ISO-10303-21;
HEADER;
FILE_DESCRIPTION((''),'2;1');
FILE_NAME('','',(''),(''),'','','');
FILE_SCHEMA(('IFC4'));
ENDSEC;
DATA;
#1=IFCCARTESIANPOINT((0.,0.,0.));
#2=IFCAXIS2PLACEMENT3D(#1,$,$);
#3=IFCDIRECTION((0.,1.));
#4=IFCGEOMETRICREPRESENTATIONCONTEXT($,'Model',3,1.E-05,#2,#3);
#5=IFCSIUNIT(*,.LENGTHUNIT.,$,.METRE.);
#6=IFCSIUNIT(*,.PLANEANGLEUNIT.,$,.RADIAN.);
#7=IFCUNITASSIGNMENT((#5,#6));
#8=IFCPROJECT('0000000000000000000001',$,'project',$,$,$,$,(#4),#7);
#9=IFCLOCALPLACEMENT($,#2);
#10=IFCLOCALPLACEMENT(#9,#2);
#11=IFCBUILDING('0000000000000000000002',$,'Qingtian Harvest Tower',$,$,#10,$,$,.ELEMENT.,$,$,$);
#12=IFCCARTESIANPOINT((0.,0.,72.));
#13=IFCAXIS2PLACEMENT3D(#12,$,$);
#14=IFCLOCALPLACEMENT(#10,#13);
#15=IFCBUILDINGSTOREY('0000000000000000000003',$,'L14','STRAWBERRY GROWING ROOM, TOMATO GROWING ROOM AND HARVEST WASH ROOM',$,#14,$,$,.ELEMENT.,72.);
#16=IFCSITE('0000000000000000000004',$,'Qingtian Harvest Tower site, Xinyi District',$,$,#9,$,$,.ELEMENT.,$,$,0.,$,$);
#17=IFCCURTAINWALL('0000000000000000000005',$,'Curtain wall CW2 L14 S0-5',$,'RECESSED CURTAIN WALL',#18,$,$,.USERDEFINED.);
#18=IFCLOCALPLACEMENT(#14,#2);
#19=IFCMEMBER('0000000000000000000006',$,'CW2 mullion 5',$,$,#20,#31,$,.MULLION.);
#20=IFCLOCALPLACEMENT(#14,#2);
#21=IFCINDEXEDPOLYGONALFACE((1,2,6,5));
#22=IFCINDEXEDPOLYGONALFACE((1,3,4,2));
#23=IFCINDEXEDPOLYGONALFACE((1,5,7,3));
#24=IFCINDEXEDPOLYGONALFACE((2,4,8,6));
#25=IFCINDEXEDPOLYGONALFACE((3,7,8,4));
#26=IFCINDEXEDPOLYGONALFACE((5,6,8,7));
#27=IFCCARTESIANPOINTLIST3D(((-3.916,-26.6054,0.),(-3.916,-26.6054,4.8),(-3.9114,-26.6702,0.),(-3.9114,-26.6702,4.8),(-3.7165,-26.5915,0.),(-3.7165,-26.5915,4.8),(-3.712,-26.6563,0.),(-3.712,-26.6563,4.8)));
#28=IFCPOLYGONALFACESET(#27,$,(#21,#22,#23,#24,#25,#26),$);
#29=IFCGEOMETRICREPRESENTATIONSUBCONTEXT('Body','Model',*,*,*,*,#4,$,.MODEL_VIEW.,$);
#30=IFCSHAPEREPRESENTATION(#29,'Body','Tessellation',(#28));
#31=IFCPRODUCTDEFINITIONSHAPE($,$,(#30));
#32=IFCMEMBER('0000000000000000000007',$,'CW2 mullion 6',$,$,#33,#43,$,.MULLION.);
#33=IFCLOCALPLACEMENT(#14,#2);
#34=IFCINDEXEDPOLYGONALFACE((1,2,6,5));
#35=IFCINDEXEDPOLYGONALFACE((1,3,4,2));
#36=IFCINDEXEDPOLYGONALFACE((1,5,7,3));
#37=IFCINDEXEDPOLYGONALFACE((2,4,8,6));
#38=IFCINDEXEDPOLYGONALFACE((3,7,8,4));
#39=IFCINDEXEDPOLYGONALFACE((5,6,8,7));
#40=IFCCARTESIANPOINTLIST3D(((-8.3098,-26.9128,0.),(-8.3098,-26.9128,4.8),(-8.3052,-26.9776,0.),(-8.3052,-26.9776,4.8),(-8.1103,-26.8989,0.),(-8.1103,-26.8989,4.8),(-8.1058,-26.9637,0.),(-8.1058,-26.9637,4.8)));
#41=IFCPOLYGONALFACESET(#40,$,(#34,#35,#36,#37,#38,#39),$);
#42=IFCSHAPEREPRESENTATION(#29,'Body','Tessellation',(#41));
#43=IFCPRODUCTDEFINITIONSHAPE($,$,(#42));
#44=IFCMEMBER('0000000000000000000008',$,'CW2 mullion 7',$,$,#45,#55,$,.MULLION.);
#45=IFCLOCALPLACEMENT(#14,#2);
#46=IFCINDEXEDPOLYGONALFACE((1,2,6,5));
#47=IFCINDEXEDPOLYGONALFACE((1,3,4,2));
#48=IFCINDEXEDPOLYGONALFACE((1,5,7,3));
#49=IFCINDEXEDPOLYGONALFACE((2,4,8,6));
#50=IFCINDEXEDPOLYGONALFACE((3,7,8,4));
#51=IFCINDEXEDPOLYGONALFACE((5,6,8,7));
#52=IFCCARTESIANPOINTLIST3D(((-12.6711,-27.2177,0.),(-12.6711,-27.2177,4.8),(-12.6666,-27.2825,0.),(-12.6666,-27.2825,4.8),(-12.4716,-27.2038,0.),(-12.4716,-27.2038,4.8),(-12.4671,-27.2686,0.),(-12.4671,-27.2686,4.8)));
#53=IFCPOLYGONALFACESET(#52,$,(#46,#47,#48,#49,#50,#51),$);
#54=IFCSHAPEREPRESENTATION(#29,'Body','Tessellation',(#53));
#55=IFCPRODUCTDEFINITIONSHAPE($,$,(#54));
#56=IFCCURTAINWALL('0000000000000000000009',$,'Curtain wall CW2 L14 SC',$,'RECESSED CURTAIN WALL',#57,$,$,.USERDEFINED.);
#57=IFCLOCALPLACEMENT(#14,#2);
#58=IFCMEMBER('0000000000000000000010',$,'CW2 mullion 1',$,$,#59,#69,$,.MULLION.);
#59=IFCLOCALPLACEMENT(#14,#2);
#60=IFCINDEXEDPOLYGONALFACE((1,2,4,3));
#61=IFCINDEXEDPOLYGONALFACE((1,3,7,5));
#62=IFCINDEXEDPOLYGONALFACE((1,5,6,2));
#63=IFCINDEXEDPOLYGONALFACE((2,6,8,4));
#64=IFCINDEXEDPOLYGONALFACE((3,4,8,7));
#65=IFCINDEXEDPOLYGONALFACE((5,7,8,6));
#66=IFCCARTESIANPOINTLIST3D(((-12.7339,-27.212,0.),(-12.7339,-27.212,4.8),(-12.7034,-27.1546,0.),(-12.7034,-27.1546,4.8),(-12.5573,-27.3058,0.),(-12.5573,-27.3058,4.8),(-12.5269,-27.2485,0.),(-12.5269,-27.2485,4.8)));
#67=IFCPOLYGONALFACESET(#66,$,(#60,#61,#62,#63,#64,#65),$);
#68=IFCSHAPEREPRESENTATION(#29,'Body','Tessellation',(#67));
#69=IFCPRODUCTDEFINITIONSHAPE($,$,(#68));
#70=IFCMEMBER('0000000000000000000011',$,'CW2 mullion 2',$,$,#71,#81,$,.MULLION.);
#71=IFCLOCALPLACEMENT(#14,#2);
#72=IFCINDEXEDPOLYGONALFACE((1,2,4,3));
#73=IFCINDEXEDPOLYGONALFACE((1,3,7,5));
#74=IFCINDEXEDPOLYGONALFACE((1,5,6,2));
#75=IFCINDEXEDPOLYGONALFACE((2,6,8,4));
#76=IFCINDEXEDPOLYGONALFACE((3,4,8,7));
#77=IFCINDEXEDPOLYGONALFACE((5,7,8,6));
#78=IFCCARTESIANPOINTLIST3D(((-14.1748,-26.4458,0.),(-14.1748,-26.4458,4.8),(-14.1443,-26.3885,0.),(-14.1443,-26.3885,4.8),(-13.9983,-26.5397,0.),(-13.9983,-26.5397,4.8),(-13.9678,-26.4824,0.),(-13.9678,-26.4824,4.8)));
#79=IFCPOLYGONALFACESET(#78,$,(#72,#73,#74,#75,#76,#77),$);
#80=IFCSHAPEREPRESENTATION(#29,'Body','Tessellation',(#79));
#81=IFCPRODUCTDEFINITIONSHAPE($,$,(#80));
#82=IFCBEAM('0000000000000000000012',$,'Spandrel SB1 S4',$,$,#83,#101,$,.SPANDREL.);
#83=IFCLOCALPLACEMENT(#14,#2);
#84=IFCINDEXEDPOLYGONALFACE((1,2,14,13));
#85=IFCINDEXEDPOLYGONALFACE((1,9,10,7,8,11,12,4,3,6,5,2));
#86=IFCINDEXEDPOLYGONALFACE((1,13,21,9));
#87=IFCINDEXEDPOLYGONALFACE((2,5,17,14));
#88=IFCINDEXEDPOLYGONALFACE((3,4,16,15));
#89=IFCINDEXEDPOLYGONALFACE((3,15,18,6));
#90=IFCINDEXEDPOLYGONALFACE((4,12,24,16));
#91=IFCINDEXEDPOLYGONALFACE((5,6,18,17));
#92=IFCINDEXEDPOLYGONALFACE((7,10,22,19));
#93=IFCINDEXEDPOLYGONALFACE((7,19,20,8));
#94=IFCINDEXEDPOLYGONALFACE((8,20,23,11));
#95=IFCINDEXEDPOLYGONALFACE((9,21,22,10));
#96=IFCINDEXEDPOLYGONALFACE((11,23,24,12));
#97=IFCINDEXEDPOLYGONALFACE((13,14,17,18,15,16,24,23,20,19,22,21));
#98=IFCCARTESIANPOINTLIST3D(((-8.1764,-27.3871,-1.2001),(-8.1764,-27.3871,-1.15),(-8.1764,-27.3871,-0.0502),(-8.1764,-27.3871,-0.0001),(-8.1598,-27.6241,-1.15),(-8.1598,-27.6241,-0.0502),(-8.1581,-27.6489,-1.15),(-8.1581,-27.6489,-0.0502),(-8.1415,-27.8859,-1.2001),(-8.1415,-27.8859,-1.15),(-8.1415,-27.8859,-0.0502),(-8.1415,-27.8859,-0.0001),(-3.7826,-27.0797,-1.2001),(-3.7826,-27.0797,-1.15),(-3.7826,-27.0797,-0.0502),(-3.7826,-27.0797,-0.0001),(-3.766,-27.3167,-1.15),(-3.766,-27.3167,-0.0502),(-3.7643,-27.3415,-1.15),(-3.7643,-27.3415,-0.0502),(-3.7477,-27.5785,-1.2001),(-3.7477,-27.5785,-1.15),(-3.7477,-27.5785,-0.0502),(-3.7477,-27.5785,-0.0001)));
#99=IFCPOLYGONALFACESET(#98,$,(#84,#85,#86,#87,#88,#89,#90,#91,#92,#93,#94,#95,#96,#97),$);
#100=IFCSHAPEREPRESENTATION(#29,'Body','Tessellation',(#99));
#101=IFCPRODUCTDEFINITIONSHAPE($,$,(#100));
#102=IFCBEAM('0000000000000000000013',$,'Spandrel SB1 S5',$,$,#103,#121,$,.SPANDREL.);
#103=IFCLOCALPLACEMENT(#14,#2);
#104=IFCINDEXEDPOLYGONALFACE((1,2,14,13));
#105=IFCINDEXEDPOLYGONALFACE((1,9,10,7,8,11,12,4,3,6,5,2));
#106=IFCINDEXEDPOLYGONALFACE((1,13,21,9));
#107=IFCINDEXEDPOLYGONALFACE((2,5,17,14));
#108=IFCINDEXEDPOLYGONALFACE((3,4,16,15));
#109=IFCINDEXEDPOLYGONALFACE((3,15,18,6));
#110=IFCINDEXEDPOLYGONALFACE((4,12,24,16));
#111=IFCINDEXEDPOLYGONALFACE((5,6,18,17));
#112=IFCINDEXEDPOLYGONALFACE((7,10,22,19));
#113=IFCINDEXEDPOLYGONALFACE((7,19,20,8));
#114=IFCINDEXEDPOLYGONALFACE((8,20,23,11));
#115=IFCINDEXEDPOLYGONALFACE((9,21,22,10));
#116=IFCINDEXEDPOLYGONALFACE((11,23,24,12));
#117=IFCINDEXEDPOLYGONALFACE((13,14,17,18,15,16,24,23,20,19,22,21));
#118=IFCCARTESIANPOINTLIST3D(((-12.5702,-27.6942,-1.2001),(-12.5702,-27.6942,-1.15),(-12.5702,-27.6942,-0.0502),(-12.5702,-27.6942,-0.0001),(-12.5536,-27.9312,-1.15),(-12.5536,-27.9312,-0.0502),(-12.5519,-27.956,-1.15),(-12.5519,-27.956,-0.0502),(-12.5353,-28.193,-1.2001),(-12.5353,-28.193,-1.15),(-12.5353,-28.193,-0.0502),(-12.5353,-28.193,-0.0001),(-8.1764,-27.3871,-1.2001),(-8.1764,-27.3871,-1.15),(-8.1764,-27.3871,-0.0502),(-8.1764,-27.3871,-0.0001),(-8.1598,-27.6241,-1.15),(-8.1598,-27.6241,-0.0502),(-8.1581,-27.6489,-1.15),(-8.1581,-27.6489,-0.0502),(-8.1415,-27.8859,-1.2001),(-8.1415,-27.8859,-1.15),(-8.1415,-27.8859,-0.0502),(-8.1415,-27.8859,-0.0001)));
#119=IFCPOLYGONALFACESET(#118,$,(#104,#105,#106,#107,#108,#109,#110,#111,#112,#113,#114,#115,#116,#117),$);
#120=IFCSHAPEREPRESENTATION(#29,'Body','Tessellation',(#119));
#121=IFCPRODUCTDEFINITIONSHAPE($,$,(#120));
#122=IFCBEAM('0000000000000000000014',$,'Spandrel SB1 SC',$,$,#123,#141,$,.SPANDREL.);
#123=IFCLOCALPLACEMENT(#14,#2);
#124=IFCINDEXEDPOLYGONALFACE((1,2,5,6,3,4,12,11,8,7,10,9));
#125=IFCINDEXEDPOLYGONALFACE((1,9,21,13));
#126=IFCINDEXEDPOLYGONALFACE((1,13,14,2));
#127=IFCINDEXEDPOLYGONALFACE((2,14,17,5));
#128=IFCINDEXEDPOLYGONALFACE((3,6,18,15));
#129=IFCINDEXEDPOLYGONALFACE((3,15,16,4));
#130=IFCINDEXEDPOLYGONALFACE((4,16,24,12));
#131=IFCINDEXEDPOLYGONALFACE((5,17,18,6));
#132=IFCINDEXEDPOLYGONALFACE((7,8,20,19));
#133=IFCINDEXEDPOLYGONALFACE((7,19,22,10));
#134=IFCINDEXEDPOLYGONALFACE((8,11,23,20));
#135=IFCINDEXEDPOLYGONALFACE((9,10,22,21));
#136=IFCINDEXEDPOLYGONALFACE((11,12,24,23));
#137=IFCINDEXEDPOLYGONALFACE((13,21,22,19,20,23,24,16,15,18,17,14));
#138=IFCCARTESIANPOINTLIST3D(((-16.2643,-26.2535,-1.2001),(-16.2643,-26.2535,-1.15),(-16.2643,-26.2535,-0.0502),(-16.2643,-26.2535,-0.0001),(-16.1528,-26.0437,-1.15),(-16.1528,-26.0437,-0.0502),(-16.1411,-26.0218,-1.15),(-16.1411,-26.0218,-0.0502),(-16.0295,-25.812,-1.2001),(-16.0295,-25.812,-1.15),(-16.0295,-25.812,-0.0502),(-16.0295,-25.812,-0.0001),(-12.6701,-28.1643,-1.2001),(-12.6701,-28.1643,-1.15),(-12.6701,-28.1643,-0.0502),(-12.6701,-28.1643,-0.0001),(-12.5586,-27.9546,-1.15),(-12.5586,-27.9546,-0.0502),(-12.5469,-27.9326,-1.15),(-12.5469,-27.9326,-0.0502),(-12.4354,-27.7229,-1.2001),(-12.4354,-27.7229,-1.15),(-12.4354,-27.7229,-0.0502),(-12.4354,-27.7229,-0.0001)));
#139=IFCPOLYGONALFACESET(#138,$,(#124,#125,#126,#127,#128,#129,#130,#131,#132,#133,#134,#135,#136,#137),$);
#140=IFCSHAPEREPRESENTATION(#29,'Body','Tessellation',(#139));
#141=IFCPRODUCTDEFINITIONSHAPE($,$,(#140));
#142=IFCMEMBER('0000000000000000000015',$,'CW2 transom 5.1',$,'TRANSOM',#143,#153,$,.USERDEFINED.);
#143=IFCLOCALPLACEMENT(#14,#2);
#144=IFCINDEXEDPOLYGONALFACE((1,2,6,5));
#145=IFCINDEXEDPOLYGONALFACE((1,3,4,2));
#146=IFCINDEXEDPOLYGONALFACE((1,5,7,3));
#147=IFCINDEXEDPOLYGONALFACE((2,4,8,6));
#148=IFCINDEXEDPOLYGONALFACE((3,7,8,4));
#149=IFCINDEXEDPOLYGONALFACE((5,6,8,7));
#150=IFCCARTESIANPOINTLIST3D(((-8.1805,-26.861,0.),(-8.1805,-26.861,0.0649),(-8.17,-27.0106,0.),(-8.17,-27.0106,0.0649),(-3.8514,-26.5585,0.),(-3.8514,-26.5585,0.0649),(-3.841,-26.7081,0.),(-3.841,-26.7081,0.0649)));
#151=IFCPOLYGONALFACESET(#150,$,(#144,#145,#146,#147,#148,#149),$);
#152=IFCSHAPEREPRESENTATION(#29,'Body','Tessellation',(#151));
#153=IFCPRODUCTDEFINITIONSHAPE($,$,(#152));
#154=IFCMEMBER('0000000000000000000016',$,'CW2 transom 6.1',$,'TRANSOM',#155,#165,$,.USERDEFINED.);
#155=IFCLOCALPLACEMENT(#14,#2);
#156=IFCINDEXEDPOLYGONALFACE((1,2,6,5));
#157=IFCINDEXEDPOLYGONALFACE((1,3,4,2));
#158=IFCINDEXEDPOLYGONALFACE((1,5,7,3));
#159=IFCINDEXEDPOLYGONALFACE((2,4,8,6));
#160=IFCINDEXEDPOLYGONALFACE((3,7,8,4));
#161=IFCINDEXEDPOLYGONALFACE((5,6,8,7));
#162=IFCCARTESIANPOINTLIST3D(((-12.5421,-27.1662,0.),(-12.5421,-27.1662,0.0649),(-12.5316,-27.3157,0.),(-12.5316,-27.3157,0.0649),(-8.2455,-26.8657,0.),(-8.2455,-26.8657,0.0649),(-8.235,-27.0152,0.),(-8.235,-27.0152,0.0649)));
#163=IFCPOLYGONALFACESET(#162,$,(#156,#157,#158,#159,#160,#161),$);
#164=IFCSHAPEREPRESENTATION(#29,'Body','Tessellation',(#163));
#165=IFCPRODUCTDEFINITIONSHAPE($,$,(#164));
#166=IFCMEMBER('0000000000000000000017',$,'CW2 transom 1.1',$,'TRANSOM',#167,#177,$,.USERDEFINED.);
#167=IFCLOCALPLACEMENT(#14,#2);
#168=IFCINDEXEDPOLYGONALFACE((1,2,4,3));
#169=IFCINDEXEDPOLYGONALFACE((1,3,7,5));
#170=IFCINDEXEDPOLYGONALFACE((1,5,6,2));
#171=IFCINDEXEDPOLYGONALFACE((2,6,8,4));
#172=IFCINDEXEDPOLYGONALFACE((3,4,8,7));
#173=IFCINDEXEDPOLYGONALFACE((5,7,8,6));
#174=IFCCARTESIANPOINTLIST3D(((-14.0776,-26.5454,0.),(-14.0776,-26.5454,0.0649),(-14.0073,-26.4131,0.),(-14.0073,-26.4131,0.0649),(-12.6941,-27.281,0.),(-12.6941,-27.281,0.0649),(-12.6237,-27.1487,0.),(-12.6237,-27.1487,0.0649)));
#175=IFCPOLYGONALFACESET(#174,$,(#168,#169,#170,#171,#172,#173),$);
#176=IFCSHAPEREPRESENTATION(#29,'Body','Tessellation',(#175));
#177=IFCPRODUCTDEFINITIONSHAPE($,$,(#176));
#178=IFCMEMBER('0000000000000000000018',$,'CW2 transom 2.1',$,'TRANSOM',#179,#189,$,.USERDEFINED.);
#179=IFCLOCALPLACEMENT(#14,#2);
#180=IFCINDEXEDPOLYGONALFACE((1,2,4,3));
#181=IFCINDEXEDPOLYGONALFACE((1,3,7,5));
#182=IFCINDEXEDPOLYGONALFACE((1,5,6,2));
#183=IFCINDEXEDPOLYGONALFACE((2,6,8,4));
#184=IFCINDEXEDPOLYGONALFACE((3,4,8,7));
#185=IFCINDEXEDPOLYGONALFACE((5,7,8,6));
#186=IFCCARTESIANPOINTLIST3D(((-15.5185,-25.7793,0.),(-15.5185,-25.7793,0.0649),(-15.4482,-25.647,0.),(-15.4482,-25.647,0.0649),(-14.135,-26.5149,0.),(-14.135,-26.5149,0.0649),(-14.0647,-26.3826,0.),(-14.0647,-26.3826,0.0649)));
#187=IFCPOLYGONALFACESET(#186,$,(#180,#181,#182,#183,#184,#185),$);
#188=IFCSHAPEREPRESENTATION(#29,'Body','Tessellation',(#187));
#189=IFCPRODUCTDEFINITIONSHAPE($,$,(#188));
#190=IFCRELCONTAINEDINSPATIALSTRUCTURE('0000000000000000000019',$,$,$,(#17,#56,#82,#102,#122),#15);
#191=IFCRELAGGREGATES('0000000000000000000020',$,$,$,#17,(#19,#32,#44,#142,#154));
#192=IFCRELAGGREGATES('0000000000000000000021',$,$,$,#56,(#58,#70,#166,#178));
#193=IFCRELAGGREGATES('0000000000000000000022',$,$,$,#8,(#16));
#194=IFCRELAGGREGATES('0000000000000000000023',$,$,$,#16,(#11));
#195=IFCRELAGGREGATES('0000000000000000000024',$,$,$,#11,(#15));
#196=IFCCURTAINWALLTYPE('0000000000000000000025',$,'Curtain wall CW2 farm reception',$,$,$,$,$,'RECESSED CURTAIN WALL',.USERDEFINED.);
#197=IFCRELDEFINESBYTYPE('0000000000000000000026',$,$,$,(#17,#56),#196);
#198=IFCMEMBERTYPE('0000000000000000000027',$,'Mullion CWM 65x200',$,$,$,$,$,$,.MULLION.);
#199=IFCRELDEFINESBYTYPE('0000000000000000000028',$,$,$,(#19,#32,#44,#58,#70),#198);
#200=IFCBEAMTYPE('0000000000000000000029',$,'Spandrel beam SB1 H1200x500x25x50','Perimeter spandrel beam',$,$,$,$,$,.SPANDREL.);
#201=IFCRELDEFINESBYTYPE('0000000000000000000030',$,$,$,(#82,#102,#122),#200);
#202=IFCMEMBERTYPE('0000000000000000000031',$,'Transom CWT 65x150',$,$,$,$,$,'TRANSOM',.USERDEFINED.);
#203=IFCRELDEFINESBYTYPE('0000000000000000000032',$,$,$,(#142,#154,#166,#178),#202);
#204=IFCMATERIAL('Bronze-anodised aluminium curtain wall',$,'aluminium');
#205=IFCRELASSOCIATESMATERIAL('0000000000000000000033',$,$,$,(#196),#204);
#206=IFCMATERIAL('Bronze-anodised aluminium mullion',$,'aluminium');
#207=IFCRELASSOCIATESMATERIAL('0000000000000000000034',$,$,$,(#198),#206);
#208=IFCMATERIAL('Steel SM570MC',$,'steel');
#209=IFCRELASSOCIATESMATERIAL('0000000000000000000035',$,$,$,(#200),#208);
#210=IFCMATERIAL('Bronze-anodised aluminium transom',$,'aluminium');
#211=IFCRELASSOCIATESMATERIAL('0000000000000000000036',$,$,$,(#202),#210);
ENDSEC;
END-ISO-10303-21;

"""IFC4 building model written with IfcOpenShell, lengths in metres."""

from ifc_helpers import new_model, si_unit, direction, frame, origin, origin_2d, place, context, subcontext, project, spatial, rectangle, i_section, extrude, material, material_profile, profile_set, type_object, element, aggregate, save


model = new_model("IFC4")

# Units and contexts
model_context = context("Model", 3, precision=1e-05, world=origin(), true_north=direction((0.0, 1.0)))
body_context = subcontext(model_context, "Body", "Model", "MODEL_VIEW")
ifc_project = project(units=[si_unit("LENGTHUNIT", "METRE"), si_unit("PLANEANGLEUNIT", "RADIAN")], contexts=[model_context])

# Site, building, storey
site_placement = place(None, origin())
site = spatial("IfcSite", under=ifc_project, at=site_placement, Name="Qingtian Harvest Tower site, Xinyi District", CompositionType="ELEMENT", RefElevation=0.0)
building_placement = place(site_placement, origin())
building = spatial("IfcBuilding", under=site, at=building_placement, Name="Qingtian Harvest Tower", CompositionType="ELEMENT")
storey_placement = place(building_placement, frame((0.0, 0.0, 72.0)))
storey = spatial("IfcBuildingStorey", under=building, at=storey_placement, Name="L14", Description="STRAWBERRY GROWING ROOM, TOMATO GROWING ROOM AND HARVEST WASH ROOM", CompositionType="ELEMENT", Elevation=72.0)

# Curtain walls, members
ifc_material_1 = material(Name="Bronze-anodised aluminium curtain wall", Category="aluminium")
curtain_wall_type = type_object("IfcCurtainWallType", Name="Curtain wall CW2 farm reception", ElementType="RECESSED CURTAIN WALL", PredefinedType="USERDEFINED", material=ifc_material_1)
curtain_wall_1_placement = place(storey_placement, origin())
curtain_wall_1 = element("IfcCurtainWall", 1, at=curtain_wall_1_placement, inside=storey, type_object=curtain_wall_type, Name="Curtain wall CW2 L14 S0-5", ObjectType="RECESSED CURTAIN WALL", PredefinedType="USERDEFINED")
ifc_material_2 = material(Name="Bronze-anodised aluminium mullion", Category="aluminium")
ifc_material_profile_1 = material_profile(ifc_material_2, rectangle(XDim=0.0649, YDim=0.2, at=origin_2d()), Name="AL 65x200")
ifc_profile_set_1 = profile_set([ifc_material_profile_1], Name="Bronze-anodised aluminium mullion")
member_type_1 = type_object("IfcMemberType", Name="Mullion CWM 65x200", PredefinedType="MULLION", material=ifc_profile_set_1)
member_1_placement = place(storey_placement, frame((-3.814, -26.6309, 0.0), z_axis=(0.0, 0.0, 1.0), x_axis=(0.069756, -0.997564, 0.0)))
member_1 = element("IfcMember", 2, at=member_1_placement, type_object=member_type_1, Name="CW2 mullion 5", PredefinedType="MULLION", context=body_context, shape_type="SweptSolid", body=[
    extrude(rectangle(XDim=0.0649, YDim=0.2, at=origin_2d()), origin(), (0.0, 0.0, 1.0), 4.8),
])
member_2_placement = place(storey_placement, frame((-8.2078, -26.9382, 0.0), z_axis=(0.0, 0.0, 1.0), x_axis=(0.069756, -0.997564, 0.0)))
member_2 = element("IfcMember", 3, at=member_2_placement, type_object=member_type_1, Name="CW2 mullion 6", PredefinedType="MULLION", context=body_context, shape_type="SweptSolid", body=[
    extrude(rectangle(XDim=0.0649, YDim=0.2, at=origin_2d()), origin(), (0.0, 0.0, 1.0), 4.8),
])
member_3_placement = place(storey_placement, frame((-12.5691, -27.2432, 0.0), z_axis=(0.0, 0.0, 1.0), x_axis=(0.069756, -0.997564, 0.0)))
member_3 = element("IfcMember", 4, at=member_3_placement, type_object=member_type_1, Name="CW2 mullion 7", PredefinedType="MULLION", context=body_context, shape_type="SweptSolid", body=[
    extrude(rectangle(XDim=0.0649, YDim=0.2, at=origin_2d()), origin(), (0.0, 0.0, 1.0), 4.8),
])
curtain_wall_2_placement = place(storey_placement, origin())
curtain_wall_2 = element("IfcCurtainWall", 5, at=curtain_wall_2_placement, inside=storey, type_object=curtain_wall_type, Name="Curtain wall CW2 L14 SC", ObjectType="RECESSED CURTAIN WALL", PredefinedType="USERDEFINED")
member_4_placement = place(storey_placement, frame((-12.6304, -27.2302, 0.0), z_axis=(0.0, 0.0, 1.0), x_axis=(-0.469472, -0.882948, 0.0)))
member_4 = element("IfcMember", 6, at=member_4_placement, type_object=member_type_1, Name="CW2 mullion 1", PredefinedType="MULLION", context=body_context, shape_type="SweptSolid", body=[
    extrude(rectangle(XDim=0.0649, YDim=0.2, at=origin_2d()), origin(), (0.0, 0.0, 1.0), 4.8),
])
member_5_placement = place(storey_placement, frame((-14.0713, -26.4641, 0.0), z_axis=(0.0, 0.0, 1.0), x_axis=(-0.469472, -0.882948, 0.0)))
member_5 = element("IfcMember", 7, at=member_5_placement, type_object=member_type_1, Name="CW2 mullion 2", PredefinedType="MULLION", context=body_context, shape_type="SweptSolid", body=[
    extrude(rectangle(XDim=0.0649, YDim=0.2, at=origin_2d()), origin(), (0.0, 0.0, 1.0), 4.8),
])

# Beams
ifc_material_3 = material(Name="Steel SM570MC", Category="steel")
ifc_material_profile_2 = material_profile(ifc_material_3, i_section(OverallWidth=0.5, OverallDepth=1.2, WebThickness=0.0249, FlangeThickness=0.05, at=origin_2d()), Name="H1200x500x25x50")
ifc_profile_set_2 = profile_set([ifc_material_profile_2], Name="Steel SM570MC")
beam_type_1 = type_object("IfcBeamType", Name="Spandrel beam SB1 H1200x500x25x50", Description="Perimeter spandrel beam", PredefinedType="SPANDREL", material=ifc_profile_set_2)
for number, where, z_axis, x_axis, name in (
    (8, (-3.7651, -27.3291, -0.6001), (-0.997562, -0.069786, 0.0), (0.069786, -0.997562, 0.0), "Spandrel SB1 S4"),
    (9, (-8.1589, -27.6365, -0.6001), (-0.997566, -0.06973, 0.0), (0.06973, -0.997566, 0.0), "Spandrel SB1 S5"),
):
    element("IfcBeam", number, at=place(storey_placement, frame(where, z_axis=z_axis, x_axis=x_axis)), inside=storey, type_object=beam_type_1, Name=name, PredefinedType="SPANDREL", context=body_context, shape_type="SweptSolid", body=[
        extrude(i_section(OverallWidth=0.5, OverallDepth=1.2, WebThickness=0.0249, FlangeThickness=0.05, at=origin_2d()), origin(), (0.0, 0.0, 1.0), 4.4045),
    ])
beam_1_placement = place(storey_placement, frame((-12.5527, -27.9436, -0.6001), z_axis=(-0.882968, 0.469433, 0.0), x_axis=(-0.469433, -0.882968, 0.0)))
element("IfcBeam", 10, at=beam_1_placement, inside=storey, type_object=beam_type_1, Name="Spandrel SB1 SC", PredefinedType="SPANDREL", context=body_context, shape_type="SweptSolid", body=[
    extrude(i_section(OverallWidth=0.5, OverallDepth=1.2, WebThickness=0.0249, FlangeThickness=0.05, at=origin_2d()), origin(), (0.0, 0.0, 1.0), 4.0706),
])

# Members
ifc_material_4 = material(Name="Bronze-anodised aluminium transom", Category="aluminium")
ifc_material_profile_3 = material_profile(ifc_material_4, rectangle(XDim=0.1499, YDim=0.0649, at=origin_2d()), Name="AL 65x150")
ifc_profile_set_3 = profile_set([ifc_material_profile_3], Name="Bronze-anodised aluminium transom")
member_type_2 = type_object("IfcMemberType", Name="Transom CWT 65x150", ElementType="TRANSOM", PredefinedType="USERDEFINED", material=ifc_profile_set_3)
member_6_placement = place(storey_placement, frame((-3.8462, -26.6333, 0.0325), z_axis=(-0.997568, -0.069704, 0.0), x_axis=(0.069704, -0.997568, 0.0)))
member_6 = element("IfcMember", 11, at=member_6_placement, type_object=member_type_2, Name="CW2 transom 5.1", ObjectType="TRANSOM", PredefinedType="USERDEFINED", context=body_context, shape_type="SweptSolid", body=[
    extrude(rectangle(XDim=0.1499, YDim=0.0649, at=origin_2d()), origin(), (0.0, 0.0, 1.0), 4.3396),
])
member_7_placement = place(storey_placement, frame((-8.2402, -26.9404, 0.0325), z_axis=(-0.997563, -0.069777, 0.0), x_axis=(0.069777, -0.997563, 0.0)))
member_7 = element("IfcMember", 12, at=member_7_placement, type_object=member_type_2, Name="CW2 transom 6.1", ObjectType="TRANSOM", PredefinedType="USERDEFINED", context=body_context, shape_type="SweptSolid", body=[
    extrude(rectangle(XDim=0.1499, YDim=0.0649, at=origin_2d()), origin(), (0.0, 0.0, 1.0), 4.3071),
])
member_8_placement = place(storey_placement, frame((-12.6589, -27.2148, 0.0325), z_axis=(-0.88296, 0.469448, 0.0), x_axis=(-0.469448, -0.88296, 0.0)))
member_8 = element("IfcMember", 13, at=member_8_placement, type_object=member_type_2, Name="CW2 transom 1.1", ObjectType="TRANSOM", PredefinedType="USERDEFINED", context=body_context, shape_type="SweptSolid", body=[
    extrude(rectangle(XDim=0.1499, YDim=0.0649, at=origin_2d()), origin(), (0.0, 0.0, 1.0), 1.5669),
])
member_9_placement = place(storey_placement, frame((-14.0999, -26.4487, 0.0325), z_axis=(-0.88296, 0.469448, 0.0), x_axis=(-0.469448, -0.88296, 0.0)))
member_9 = element("IfcMember", 14, at=member_9_placement, type_object=member_type_2, Name="CW2 transom 2.1", ObjectType="TRANSOM", PredefinedType="USERDEFINED", context=body_context, shape_type="SweptSolid", body=[
    extrude(rectangle(XDim=0.1499, YDim=0.0649, at=origin_2d()), origin(), (0.0, 0.0, 1.0), 1.5669),
])

aggregate(curtain_wall_1, [member_1, member_2, member_3, member_6, member_7])
aggregate(curtain_wall_2, [member_4, member_5, member_8, member_9])

save(model, "model.ifc")
